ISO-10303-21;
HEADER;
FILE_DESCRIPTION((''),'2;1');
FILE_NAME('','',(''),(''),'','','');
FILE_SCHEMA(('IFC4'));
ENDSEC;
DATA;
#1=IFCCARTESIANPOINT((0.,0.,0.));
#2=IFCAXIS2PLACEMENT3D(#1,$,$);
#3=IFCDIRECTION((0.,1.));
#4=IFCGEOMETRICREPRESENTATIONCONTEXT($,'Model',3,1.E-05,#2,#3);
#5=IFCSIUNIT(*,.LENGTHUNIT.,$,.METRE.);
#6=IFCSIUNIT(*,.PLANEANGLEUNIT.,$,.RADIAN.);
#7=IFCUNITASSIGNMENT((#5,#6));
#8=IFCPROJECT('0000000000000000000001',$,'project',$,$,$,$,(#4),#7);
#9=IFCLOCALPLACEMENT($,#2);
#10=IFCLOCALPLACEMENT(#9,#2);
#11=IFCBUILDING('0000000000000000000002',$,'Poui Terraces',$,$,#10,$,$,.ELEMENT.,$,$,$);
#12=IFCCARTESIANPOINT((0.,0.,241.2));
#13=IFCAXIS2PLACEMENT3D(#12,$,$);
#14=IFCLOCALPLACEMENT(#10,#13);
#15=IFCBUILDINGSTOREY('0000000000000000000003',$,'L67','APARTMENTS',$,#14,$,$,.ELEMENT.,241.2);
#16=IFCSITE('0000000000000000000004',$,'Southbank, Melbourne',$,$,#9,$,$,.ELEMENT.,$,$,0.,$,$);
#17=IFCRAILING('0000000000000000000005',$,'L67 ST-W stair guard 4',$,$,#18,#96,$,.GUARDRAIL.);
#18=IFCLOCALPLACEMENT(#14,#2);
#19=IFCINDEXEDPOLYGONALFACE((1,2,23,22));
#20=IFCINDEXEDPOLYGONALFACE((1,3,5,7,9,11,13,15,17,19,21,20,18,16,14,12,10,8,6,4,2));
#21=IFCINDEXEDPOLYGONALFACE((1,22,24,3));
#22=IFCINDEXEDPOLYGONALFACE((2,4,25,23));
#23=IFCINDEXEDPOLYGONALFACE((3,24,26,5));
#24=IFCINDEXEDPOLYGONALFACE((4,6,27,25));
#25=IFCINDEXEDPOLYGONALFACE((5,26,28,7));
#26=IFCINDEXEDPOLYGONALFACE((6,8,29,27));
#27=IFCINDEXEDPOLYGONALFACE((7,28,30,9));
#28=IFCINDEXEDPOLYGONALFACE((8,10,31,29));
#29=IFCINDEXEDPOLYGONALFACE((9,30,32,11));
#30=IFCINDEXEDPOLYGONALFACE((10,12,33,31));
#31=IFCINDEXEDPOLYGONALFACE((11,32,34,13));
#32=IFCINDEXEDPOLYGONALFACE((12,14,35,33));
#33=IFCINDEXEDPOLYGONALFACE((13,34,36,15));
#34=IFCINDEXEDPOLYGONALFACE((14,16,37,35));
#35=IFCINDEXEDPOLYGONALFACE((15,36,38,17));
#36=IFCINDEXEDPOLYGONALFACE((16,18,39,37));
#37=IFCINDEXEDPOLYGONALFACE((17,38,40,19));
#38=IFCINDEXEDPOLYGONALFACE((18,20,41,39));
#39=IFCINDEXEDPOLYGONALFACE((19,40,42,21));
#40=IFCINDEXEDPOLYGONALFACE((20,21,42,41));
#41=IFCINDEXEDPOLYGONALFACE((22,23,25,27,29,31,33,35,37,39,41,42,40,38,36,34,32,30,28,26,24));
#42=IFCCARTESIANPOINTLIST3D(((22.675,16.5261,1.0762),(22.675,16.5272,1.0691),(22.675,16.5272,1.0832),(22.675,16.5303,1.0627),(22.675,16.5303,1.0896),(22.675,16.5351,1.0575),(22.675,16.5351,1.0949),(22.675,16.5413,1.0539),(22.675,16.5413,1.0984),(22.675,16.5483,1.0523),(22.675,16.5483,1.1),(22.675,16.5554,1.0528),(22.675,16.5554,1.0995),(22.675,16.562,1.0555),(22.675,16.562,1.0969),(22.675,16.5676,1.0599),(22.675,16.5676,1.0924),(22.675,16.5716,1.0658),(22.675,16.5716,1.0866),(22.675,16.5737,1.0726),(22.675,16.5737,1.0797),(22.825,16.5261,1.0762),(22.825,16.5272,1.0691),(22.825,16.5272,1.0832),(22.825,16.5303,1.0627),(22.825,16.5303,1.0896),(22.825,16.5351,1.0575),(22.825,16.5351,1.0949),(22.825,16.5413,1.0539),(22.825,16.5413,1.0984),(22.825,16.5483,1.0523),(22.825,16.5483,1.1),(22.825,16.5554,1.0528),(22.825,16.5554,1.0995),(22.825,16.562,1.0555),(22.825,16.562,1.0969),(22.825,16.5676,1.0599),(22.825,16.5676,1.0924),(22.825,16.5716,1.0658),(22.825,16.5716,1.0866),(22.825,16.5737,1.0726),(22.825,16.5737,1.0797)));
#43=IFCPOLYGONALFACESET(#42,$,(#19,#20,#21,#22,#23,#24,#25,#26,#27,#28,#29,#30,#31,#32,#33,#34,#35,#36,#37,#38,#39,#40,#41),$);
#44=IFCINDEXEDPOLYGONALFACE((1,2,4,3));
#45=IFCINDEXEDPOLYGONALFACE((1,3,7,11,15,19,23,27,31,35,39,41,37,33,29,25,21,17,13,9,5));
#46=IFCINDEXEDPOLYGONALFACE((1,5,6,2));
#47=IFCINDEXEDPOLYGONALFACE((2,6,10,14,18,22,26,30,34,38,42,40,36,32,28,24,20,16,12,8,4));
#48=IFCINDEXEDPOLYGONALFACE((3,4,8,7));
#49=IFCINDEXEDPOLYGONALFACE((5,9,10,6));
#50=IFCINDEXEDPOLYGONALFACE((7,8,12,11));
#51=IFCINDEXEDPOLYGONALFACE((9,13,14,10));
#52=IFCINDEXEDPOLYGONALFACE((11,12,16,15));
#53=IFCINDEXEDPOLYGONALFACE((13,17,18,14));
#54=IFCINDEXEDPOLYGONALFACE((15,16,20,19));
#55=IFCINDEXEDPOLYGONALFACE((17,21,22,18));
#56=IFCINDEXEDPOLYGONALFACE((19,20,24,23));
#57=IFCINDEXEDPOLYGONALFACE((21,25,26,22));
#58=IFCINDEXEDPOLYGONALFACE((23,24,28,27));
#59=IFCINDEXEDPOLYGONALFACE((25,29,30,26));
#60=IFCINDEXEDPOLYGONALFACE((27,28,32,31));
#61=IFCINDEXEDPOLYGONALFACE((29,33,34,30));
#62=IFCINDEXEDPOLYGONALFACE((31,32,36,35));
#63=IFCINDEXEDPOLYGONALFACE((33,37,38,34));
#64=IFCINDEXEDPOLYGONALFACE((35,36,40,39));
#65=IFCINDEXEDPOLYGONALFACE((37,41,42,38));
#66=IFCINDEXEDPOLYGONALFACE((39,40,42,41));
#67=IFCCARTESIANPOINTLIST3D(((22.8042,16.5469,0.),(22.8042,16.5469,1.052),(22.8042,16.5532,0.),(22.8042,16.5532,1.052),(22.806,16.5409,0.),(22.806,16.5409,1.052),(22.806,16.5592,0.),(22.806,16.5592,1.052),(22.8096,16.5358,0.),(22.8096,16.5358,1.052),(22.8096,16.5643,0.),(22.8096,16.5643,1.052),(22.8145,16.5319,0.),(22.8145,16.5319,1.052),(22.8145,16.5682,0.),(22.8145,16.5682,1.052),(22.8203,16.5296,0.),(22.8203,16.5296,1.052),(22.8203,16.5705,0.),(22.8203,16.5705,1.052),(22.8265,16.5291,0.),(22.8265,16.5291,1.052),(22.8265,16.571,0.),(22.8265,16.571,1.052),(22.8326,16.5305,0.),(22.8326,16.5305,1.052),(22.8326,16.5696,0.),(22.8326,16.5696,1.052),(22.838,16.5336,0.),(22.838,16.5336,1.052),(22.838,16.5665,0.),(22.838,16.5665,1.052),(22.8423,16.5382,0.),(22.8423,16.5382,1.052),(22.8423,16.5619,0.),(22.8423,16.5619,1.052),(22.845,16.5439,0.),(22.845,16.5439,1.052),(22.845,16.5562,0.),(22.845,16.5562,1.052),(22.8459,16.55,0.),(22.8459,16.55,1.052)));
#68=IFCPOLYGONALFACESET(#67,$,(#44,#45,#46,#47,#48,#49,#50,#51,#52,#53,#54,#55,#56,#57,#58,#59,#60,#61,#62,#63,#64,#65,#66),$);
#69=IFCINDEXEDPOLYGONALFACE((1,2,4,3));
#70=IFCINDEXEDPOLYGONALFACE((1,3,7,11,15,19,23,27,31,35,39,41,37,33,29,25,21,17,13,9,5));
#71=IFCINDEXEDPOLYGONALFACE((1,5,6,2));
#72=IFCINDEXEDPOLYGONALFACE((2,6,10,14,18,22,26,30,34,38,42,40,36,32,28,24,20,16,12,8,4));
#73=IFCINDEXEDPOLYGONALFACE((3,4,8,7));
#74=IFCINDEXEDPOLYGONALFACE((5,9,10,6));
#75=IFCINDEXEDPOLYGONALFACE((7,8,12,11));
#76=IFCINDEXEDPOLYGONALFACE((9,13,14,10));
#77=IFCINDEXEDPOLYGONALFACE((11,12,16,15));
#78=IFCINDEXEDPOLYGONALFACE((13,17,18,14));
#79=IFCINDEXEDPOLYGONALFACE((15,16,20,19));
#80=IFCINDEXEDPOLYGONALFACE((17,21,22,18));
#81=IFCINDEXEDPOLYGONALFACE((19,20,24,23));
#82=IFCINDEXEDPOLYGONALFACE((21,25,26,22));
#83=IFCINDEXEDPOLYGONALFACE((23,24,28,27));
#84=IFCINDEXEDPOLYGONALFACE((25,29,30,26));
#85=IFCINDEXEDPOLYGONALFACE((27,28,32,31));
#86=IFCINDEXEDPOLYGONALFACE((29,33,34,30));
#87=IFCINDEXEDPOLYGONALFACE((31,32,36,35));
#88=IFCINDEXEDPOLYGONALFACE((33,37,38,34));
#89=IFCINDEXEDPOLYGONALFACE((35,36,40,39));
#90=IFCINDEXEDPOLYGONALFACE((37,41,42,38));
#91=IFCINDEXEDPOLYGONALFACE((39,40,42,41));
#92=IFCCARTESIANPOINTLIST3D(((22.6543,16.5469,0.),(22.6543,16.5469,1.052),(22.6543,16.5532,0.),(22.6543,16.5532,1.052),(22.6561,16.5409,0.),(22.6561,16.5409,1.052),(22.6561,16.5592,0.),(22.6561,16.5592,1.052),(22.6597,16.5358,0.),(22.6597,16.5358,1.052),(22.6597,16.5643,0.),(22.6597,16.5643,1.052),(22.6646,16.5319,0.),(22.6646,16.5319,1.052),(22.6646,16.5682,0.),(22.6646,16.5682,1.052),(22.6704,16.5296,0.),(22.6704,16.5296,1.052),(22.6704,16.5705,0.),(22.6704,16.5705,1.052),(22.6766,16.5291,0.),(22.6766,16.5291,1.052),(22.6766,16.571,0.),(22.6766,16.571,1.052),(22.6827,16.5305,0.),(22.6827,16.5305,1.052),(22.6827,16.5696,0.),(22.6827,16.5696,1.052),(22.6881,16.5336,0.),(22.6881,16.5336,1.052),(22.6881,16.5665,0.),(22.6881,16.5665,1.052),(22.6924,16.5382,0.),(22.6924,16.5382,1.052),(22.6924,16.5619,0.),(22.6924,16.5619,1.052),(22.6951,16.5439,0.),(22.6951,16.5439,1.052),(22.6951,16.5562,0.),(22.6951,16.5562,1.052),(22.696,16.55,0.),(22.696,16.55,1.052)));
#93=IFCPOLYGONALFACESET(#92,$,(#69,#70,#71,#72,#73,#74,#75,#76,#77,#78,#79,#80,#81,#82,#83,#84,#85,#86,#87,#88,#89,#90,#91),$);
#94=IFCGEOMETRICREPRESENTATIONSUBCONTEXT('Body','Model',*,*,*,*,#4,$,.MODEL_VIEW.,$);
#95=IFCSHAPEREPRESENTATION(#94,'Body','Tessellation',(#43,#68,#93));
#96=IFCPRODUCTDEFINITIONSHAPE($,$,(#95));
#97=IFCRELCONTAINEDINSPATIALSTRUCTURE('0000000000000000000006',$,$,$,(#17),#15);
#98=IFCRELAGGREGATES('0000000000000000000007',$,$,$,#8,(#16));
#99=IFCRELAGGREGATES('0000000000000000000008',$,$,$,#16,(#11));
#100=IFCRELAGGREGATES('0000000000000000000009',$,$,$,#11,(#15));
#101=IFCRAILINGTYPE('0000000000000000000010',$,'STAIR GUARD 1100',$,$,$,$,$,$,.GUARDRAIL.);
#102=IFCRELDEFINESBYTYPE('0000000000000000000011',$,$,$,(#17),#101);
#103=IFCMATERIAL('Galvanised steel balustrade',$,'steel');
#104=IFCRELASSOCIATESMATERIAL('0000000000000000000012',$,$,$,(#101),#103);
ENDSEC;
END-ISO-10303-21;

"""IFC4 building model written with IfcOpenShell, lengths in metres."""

from ifc_helpers import new_model, si_unit, direction, frame, origin, origin_2d, place, context, subcontext, project, spatial, circle, extrude, material, type_object, element, save


model = new_model("IFC4")

# Units and contexts
model_context = context("Model", 3, precision=1e-05, world=origin(), true_north=direction((0.0, 1.0)))
body_context = subcontext(model_context, "Body", "Model", "MODEL_VIEW")
ifc_project = project(units=[si_unit("LENGTHUNIT", "METRE"), si_unit("PLANEANGLEUNIT", "RADIAN")], contexts=[model_context])

# Site, building, storey
site_placement = place(None, origin())
site = spatial("IfcSite", under=ifc_project, at=site_placement, Name="Southbank, Melbourne", CompositionType="ELEMENT", RefElevation=0.0)
building_placement = place(site_placement, origin())
building = spatial("IfcBuilding", under=site, at=building_placement, Name="Poui Terraces", CompositionType="ELEMENT")
storey_placement = place(building_placement, frame((0.0, 0.0, 241.2)))
storey = spatial("IfcBuildingStorey", under=building, at=storey_placement, Name="L67", Description="APARTMENTS", CompositionType="ELEMENT", Elevation=241.2)

# Railing
ifc_material_1 = material(Name="Galvanised steel balustrade", Category="steel")
railing_type = type_object("IfcRailingType", Name="STAIR GUARD 1100", PredefinedType="GUARDRAIL", material=ifc_material_1)
railing_placement = place(storey_placement, frame((22.825, 16.55, 0.0)))
element("IfcRailing", 1, at=railing_placement, inside=storey, type_object=railing_type, Name="L67 ST-W stair guard 4", PredefinedType="GUARDRAIL", context=body_context, shape_type="SweptSolid", body=[
    extrude(circle(Radius=0.0239, at=origin_2d()), frame((0.0, 0.0, 1.0762), z_axis=(-1.0, 0.0, 0.0), x_axis=(0.0, -1.0, 0.0)), (0.0, 0.0, 1.0), 0.1499),
    extrude(circle(Radius=0.021, at=origin_2d()), origin(), (0.0, 0.0, 1.0), 1.052),
    extrude(circle(Radius=0.021, at=origin_2d()), frame((-0.1499, 0.0, 0.0)), (0.0, 0.0, 1.0), 1.052),
])

save(model, "model.ifc")
